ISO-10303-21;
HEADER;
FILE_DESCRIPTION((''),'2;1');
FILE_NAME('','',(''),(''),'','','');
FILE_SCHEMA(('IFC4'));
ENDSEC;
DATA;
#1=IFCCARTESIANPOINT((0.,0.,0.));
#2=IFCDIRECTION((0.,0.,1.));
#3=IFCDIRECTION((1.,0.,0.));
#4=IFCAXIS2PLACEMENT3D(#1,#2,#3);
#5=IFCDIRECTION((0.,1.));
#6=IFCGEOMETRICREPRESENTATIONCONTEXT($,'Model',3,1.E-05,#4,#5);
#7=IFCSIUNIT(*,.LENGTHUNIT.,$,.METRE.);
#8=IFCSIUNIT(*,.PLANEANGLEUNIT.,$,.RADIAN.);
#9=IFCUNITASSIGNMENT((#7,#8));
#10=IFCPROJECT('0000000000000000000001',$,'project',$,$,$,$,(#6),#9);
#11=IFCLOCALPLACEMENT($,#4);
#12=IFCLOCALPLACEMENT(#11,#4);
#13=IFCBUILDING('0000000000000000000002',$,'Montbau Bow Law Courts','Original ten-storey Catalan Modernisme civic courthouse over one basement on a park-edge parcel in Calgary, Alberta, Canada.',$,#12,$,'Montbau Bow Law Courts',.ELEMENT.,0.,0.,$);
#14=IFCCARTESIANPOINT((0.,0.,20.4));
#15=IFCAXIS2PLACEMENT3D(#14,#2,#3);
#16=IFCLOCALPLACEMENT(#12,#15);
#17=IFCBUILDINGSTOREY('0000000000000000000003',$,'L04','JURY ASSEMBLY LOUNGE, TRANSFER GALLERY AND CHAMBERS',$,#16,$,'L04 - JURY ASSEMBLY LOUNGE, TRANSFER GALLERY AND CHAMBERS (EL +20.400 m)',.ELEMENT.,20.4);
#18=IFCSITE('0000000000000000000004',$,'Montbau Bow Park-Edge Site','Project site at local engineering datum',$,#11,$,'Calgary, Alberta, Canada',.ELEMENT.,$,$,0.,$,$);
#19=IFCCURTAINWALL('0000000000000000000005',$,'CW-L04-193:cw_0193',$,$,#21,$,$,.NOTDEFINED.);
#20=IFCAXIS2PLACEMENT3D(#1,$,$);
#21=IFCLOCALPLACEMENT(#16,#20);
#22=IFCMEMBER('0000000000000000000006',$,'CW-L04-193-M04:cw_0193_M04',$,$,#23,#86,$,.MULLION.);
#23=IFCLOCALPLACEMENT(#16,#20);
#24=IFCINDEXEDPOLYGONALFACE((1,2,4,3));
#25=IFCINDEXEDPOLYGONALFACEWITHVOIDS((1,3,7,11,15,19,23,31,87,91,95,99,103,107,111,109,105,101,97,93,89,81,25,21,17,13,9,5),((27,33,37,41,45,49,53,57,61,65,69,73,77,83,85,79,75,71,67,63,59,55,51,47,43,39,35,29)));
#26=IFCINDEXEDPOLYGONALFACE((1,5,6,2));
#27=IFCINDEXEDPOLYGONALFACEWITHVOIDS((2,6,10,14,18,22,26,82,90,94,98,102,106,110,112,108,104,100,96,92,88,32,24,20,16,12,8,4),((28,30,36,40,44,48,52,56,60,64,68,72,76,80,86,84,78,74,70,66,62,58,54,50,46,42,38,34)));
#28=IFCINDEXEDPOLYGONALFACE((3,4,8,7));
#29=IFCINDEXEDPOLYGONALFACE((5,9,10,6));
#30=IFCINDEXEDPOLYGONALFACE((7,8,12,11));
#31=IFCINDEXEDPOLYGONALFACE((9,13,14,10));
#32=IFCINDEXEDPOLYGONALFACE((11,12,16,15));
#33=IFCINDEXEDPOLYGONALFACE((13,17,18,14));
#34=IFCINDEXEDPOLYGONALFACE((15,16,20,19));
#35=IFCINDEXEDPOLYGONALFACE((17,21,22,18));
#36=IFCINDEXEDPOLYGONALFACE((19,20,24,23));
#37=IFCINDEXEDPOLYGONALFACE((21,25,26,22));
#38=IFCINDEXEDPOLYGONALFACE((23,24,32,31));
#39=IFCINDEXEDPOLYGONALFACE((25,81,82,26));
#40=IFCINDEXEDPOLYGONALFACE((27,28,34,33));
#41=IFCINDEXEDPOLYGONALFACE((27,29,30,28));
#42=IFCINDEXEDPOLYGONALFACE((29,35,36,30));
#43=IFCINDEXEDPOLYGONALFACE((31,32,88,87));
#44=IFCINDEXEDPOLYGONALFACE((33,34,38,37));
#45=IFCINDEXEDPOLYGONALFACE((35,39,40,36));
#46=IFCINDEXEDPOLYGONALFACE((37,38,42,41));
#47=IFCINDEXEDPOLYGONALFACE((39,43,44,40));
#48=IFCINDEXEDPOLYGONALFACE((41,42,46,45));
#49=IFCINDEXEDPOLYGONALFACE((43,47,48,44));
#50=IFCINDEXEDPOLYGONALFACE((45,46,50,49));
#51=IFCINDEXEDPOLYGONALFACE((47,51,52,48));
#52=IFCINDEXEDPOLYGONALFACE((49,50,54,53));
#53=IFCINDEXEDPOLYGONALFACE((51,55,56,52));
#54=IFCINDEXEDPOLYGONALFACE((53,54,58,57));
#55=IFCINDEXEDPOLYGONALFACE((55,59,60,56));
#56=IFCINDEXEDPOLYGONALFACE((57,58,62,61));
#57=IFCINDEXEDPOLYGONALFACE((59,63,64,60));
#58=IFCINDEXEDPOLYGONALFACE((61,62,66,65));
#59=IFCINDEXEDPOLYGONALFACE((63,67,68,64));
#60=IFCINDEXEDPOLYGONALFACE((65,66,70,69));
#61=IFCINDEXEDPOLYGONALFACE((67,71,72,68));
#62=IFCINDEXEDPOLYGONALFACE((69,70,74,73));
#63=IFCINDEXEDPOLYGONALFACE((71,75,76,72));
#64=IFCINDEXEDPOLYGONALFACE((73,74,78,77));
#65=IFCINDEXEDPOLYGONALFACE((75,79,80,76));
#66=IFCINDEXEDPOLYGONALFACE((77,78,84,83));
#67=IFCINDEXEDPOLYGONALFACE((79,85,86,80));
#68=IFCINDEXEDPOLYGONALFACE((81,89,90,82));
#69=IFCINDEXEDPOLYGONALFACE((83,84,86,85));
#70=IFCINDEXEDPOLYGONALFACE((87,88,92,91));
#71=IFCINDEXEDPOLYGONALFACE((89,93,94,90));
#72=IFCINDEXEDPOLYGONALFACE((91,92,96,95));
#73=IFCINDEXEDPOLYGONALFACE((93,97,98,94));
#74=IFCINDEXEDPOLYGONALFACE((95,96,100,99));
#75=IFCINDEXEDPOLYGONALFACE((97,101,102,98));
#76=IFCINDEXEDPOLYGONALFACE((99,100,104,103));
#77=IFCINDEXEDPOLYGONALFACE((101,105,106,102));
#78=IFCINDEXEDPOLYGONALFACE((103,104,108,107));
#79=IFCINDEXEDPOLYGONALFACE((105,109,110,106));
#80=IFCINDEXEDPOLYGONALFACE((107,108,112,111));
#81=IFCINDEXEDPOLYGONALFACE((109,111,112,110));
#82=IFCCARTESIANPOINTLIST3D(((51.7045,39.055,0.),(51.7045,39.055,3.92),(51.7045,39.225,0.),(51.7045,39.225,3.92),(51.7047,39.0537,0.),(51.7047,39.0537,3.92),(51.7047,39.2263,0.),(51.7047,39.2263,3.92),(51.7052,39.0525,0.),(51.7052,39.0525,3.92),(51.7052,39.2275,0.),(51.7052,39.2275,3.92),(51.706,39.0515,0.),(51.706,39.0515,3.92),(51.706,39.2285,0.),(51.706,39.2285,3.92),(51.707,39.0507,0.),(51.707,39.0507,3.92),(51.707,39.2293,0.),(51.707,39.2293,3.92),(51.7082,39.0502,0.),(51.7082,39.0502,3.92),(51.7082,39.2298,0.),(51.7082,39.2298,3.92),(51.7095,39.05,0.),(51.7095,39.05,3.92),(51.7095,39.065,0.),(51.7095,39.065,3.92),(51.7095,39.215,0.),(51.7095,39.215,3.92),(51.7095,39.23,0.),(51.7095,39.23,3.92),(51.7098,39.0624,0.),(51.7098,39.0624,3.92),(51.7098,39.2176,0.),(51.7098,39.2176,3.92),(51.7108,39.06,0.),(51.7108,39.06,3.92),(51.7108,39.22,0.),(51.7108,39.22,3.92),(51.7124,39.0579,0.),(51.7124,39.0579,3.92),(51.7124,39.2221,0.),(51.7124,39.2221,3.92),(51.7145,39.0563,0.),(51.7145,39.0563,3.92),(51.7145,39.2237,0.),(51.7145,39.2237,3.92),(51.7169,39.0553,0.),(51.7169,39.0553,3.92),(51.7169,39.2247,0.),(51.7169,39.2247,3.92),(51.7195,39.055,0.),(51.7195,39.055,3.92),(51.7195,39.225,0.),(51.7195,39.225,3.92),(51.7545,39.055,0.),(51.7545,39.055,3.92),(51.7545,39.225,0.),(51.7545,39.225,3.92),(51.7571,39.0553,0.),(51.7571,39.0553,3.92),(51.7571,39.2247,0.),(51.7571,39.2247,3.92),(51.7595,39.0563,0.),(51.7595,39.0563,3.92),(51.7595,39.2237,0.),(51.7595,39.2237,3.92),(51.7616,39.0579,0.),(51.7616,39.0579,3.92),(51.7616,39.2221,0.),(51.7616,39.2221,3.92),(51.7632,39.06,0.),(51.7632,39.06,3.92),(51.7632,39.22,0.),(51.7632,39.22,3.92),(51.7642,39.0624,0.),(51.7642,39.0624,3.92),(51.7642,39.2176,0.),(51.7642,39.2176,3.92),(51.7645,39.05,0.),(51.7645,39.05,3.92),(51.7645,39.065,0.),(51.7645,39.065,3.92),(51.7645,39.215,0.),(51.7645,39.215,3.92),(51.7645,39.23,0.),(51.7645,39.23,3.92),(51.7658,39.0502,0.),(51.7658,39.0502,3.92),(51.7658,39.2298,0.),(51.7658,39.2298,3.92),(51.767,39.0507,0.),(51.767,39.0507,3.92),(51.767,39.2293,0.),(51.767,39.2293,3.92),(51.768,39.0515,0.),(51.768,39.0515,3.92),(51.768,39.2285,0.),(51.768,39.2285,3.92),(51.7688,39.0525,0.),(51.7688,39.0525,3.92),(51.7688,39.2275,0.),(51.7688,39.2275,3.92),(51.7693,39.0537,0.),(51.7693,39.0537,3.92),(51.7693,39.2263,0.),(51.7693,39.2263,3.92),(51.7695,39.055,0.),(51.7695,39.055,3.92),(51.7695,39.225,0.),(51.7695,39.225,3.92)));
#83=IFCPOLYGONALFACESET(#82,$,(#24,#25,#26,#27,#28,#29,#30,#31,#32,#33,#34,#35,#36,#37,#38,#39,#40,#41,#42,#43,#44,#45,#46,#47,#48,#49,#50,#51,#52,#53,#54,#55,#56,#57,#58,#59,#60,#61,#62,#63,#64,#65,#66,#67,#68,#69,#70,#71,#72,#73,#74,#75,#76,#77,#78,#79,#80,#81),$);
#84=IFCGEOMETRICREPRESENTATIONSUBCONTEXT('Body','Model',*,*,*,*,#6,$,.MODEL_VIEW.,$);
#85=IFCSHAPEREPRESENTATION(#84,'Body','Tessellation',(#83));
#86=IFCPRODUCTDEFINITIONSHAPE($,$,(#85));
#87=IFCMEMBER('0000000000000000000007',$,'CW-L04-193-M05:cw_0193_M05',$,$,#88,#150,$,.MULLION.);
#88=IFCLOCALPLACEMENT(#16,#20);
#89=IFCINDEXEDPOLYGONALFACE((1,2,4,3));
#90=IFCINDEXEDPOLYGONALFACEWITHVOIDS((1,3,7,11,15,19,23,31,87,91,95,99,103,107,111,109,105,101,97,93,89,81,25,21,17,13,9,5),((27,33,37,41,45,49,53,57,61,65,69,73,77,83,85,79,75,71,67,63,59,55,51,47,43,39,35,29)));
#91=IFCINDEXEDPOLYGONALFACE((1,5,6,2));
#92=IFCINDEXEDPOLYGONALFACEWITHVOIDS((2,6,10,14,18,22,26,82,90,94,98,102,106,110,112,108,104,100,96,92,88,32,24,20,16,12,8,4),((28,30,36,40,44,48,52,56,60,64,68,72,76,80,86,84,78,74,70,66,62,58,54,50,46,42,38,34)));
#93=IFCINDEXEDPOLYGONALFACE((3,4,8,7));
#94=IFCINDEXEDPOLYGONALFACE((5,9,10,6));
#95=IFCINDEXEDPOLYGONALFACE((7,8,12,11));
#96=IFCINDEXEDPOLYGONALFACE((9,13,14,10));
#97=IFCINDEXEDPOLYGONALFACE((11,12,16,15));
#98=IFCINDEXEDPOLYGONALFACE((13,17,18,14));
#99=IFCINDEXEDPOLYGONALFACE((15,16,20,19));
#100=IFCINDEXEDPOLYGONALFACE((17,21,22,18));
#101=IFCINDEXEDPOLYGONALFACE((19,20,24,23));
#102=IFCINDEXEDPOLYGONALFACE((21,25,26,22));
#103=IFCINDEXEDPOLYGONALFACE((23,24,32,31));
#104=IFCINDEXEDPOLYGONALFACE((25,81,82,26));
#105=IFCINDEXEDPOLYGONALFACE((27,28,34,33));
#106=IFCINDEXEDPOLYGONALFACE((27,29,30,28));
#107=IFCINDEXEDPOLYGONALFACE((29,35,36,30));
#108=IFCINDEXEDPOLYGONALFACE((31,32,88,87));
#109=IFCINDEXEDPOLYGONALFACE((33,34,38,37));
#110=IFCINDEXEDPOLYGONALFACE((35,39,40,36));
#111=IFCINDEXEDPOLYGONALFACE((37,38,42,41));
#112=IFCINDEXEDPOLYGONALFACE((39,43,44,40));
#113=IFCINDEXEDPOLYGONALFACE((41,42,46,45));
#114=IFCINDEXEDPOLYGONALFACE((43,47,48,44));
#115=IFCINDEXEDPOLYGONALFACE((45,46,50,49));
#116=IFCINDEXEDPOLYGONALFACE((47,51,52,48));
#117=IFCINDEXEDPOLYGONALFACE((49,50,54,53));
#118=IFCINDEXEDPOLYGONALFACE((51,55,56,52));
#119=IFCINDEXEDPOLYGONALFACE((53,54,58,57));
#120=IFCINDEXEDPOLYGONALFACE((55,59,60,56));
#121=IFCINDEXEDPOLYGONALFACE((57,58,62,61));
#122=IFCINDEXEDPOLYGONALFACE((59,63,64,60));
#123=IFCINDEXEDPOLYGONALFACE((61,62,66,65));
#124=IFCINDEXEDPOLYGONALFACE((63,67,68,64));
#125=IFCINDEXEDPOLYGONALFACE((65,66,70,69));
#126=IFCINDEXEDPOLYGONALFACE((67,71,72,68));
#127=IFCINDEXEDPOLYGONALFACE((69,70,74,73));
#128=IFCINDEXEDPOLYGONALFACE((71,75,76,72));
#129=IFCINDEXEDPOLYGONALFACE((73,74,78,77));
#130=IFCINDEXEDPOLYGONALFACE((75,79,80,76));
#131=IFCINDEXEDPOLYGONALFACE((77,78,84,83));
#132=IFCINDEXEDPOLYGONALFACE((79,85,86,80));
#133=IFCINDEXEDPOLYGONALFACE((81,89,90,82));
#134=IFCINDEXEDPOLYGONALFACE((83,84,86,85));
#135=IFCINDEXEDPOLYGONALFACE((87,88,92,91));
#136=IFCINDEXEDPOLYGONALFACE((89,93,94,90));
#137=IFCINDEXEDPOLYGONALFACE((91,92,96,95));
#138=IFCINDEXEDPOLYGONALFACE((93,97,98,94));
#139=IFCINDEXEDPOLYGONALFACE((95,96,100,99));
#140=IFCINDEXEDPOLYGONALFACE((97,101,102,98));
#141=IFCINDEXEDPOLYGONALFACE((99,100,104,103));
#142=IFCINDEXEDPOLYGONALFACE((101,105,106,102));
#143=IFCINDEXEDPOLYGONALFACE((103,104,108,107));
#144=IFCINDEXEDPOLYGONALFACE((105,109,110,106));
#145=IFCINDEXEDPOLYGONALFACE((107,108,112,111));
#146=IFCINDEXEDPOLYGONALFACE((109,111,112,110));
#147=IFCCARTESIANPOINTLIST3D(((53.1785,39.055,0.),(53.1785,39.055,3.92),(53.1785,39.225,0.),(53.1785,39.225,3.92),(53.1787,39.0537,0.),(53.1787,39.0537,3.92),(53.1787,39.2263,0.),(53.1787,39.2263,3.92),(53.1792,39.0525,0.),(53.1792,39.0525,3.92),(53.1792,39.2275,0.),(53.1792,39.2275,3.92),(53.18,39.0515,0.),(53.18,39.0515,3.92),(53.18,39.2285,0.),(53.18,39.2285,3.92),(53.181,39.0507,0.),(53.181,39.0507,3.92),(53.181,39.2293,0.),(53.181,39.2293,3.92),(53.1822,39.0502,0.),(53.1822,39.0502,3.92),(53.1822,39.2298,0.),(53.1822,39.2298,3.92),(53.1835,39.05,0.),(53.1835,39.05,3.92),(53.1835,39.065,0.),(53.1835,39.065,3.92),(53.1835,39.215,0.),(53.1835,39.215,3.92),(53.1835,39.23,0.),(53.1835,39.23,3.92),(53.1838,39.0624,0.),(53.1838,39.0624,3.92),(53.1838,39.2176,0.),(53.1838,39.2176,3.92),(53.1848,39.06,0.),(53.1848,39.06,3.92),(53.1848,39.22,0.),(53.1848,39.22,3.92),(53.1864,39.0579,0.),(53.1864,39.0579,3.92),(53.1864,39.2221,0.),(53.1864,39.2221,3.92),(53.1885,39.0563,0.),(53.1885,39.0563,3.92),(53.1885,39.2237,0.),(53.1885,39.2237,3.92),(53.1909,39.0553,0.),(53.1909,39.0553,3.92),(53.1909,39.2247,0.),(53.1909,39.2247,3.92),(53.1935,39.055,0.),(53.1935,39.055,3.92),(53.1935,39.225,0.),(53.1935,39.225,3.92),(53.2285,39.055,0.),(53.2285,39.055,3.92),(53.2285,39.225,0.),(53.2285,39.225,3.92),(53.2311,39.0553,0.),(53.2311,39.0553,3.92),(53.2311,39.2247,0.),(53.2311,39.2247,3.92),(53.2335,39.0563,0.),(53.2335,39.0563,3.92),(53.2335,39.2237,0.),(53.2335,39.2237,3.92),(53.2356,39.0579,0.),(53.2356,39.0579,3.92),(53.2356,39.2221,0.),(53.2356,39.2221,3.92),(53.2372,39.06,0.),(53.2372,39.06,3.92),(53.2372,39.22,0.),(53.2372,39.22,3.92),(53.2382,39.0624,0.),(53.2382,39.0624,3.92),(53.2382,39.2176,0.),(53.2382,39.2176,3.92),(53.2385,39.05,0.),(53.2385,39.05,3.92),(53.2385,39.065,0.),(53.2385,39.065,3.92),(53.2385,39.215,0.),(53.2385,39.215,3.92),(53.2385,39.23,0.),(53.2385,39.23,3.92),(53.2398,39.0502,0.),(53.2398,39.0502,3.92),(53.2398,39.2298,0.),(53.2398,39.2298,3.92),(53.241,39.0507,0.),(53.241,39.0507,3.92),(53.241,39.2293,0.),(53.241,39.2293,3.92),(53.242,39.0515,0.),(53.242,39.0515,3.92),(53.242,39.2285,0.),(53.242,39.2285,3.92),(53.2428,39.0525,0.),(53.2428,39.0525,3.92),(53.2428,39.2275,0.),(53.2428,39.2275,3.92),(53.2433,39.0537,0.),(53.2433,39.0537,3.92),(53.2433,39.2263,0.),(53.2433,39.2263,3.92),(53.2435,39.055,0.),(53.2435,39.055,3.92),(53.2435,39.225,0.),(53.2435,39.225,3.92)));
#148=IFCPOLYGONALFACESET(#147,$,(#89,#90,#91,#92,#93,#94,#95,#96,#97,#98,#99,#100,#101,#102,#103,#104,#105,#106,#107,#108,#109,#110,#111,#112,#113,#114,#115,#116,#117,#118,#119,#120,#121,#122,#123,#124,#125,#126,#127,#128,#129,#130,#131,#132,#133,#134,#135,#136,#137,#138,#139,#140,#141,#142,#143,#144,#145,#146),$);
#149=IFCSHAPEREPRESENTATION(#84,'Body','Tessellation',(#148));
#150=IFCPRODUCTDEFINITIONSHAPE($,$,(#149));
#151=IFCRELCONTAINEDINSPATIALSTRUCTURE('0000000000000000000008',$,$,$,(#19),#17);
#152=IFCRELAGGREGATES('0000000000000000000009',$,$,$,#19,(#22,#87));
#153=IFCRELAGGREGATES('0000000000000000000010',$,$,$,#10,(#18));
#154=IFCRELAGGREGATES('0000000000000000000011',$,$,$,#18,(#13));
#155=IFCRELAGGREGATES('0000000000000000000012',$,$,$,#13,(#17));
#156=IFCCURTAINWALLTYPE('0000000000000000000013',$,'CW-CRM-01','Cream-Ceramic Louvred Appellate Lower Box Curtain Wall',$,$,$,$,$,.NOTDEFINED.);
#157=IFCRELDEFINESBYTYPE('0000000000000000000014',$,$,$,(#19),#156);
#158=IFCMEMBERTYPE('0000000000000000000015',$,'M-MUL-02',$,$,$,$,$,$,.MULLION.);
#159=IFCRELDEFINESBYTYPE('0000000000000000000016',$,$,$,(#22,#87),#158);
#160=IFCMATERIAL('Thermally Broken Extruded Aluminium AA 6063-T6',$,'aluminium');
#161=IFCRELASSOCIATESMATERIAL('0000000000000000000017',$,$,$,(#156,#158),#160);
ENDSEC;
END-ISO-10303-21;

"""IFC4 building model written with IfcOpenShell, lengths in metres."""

from ifc_helpers import new_model, si_unit, direction, frame, origin_with_axes, origin_2d_with_axis, place, context, subcontext, project, spatial, hollow_rectangle, extrude, material, material_profile, profile_set, type_object, element, aggregate, save


model = new_model("IFC4")

# Units and contexts
model_context = context("Model", 3, precision=1e-05, world=origin_with_axes(), true_north=direction((0.0, 1.0)))
body_context = subcontext(model_context, "Body", "Model", "MODEL_VIEW")
ifc_project = project(units=[si_unit("LENGTHUNIT", "METRE"), si_unit("PLANEANGLEUNIT", "RADIAN")], contexts=[model_context])

# Site, building, storey
site_placement = place(None, origin_with_axes())
site = spatial("IfcSite", under=ifc_project, at=site_placement, Name="Montbau Bow Park-Edge Site", Description="Project site at local engineering datum", LongName="Calgary, Alberta, Canada", CompositionType="ELEMENT", RefElevation=0.0)
building_placement = place(site_placement, origin_with_axes())
building = spatial("IfcBuilding", under=site, at=building_placement, Name="Montbau Bow Law Courts", Description="Original ten-storey Catalan Modernisme civic courthouse over one basement on a park-edge parcel in Calgary, Alberta, Canada.", LongName="Montbau Bow Law Courts", CompositionType="ELEMENT", ElevationOfRefHeight=0.0, ElevationOfTerrain=0.0)
storey_placement = place(building_placement, frame((0.0, 0.0, 20.4), z_axis=(0.0, 0.0, 1.0), x_axis=(1.0, 0.0, 0.0)))
storey = spatial("IfcBuildingStorey", under=building, at=storey_placement, Name="L04", Description="JURY ASSEMBLY LOUNGE, TRANSFER GALLERY AND CHAMBERS", LongName="L04 - JURY ASSEMBLY LOUNGE, TRANSFER GALLERY AND CHAMBERS (EL +20.400 m)", CompositionType="ELEMENT", Elevation=20.4)

# Curtain wall, members
ifc_material_1 = material(Name="Thermally Broken Extruded Aluminium AA 6063-T6", Category="aluminium")
curtain_wall_type = type_object("IfcCurtainWallType", Name="CW-CRM-01", Description="Cream-Ceramic Louvred Appellate Lower Box Curtain Wall", PredefinedType="NOTDEFINED", material=ifc_material_1)
curtain_wall_1_placement = place(None, frame((47.315, 39.14, 20.4), z_axis=(0.0, 0.0, 1.0), x_axis=(1.0, 0.0, 0.0)))
curtain_wall_1 = element("IfcCurtainWall", 1, at=curtain_wall_1_placement, inside=storey, type_object=curtain_wall_type, Name="CW-L04-193:cw_0193", PredefinedType="NOTDEFINED")
ifc_material_profile_1 = material_profile(ifc_material_1, hollow_rectangle(XDim=0.065, YDim=0.18, WallThickness=0.005, InnerFilletRadius=0.01, OuterFilletRadius=0.005, at=origin_2d_with_axis()), Name="CWM-180X65", Category="Main", Priority=0)
ifc_profile_set_1 = profile_set([ifc_material_profile_1], Name="Thermally Broken Extruded Aluminium AA 6063-T6")
member_type_1 = type_object("IfcMemberType", Name="M-MUL-02", PredefinedType="MULLION", material=ifc_profile_set_1)
member_1_placement = place(None, frame((51.737, 39.14, 20.4), z_axis=(0.0, 0.0, 1.0), x_axis=(1.0, 0.0, 0.0)))
member_1 = element("IfcMember", 2, at=member_1_placement, type_object=member_type_1, Name="CW-L04-193-M04:cw_0193_M04", PredefinedType="MULLION", context=body_context, shape_type="SweptSolid", body=[
    extrude(hollow_rectangle(XDim=0.065, YDim=0.18, WallThickness=0.005, InnerFilletRadius=0.01, OuterFilletRadius=0.005, at=origin_2d_with_axis()), origin_with_axes(), (0.0, 0.0, 1.0), 3.92),
])
member_2_placement = place(None, frame((53.211, 39.14, 20.4), z_axis=(0.0, 0.0, 1.0), x_axis=(1.0, 0.0, 0.0)))
member_2 = element("IfcMember", 3, at=member_2_placement, type_object=member_type_1, Name="CW-L04-193-M05:cw_0193_M05", PredefinedType="MULLION", context=body_context, shape_type="SweptSolid", body=[
    extrude(hollow_rectangle(XDim=0.065, YDim=0.18, WallThickness=0.005, InnerFilletRadius=0.01, OuterFilletRadius=0.005, at=origin_2d_with_axis()), origin_with_axes(), (0.0, 0.0, 1.0), 3.92),
])

aggregate(curtain_wall_1, [member_1, member_2])

save(model, "model.ifc")
